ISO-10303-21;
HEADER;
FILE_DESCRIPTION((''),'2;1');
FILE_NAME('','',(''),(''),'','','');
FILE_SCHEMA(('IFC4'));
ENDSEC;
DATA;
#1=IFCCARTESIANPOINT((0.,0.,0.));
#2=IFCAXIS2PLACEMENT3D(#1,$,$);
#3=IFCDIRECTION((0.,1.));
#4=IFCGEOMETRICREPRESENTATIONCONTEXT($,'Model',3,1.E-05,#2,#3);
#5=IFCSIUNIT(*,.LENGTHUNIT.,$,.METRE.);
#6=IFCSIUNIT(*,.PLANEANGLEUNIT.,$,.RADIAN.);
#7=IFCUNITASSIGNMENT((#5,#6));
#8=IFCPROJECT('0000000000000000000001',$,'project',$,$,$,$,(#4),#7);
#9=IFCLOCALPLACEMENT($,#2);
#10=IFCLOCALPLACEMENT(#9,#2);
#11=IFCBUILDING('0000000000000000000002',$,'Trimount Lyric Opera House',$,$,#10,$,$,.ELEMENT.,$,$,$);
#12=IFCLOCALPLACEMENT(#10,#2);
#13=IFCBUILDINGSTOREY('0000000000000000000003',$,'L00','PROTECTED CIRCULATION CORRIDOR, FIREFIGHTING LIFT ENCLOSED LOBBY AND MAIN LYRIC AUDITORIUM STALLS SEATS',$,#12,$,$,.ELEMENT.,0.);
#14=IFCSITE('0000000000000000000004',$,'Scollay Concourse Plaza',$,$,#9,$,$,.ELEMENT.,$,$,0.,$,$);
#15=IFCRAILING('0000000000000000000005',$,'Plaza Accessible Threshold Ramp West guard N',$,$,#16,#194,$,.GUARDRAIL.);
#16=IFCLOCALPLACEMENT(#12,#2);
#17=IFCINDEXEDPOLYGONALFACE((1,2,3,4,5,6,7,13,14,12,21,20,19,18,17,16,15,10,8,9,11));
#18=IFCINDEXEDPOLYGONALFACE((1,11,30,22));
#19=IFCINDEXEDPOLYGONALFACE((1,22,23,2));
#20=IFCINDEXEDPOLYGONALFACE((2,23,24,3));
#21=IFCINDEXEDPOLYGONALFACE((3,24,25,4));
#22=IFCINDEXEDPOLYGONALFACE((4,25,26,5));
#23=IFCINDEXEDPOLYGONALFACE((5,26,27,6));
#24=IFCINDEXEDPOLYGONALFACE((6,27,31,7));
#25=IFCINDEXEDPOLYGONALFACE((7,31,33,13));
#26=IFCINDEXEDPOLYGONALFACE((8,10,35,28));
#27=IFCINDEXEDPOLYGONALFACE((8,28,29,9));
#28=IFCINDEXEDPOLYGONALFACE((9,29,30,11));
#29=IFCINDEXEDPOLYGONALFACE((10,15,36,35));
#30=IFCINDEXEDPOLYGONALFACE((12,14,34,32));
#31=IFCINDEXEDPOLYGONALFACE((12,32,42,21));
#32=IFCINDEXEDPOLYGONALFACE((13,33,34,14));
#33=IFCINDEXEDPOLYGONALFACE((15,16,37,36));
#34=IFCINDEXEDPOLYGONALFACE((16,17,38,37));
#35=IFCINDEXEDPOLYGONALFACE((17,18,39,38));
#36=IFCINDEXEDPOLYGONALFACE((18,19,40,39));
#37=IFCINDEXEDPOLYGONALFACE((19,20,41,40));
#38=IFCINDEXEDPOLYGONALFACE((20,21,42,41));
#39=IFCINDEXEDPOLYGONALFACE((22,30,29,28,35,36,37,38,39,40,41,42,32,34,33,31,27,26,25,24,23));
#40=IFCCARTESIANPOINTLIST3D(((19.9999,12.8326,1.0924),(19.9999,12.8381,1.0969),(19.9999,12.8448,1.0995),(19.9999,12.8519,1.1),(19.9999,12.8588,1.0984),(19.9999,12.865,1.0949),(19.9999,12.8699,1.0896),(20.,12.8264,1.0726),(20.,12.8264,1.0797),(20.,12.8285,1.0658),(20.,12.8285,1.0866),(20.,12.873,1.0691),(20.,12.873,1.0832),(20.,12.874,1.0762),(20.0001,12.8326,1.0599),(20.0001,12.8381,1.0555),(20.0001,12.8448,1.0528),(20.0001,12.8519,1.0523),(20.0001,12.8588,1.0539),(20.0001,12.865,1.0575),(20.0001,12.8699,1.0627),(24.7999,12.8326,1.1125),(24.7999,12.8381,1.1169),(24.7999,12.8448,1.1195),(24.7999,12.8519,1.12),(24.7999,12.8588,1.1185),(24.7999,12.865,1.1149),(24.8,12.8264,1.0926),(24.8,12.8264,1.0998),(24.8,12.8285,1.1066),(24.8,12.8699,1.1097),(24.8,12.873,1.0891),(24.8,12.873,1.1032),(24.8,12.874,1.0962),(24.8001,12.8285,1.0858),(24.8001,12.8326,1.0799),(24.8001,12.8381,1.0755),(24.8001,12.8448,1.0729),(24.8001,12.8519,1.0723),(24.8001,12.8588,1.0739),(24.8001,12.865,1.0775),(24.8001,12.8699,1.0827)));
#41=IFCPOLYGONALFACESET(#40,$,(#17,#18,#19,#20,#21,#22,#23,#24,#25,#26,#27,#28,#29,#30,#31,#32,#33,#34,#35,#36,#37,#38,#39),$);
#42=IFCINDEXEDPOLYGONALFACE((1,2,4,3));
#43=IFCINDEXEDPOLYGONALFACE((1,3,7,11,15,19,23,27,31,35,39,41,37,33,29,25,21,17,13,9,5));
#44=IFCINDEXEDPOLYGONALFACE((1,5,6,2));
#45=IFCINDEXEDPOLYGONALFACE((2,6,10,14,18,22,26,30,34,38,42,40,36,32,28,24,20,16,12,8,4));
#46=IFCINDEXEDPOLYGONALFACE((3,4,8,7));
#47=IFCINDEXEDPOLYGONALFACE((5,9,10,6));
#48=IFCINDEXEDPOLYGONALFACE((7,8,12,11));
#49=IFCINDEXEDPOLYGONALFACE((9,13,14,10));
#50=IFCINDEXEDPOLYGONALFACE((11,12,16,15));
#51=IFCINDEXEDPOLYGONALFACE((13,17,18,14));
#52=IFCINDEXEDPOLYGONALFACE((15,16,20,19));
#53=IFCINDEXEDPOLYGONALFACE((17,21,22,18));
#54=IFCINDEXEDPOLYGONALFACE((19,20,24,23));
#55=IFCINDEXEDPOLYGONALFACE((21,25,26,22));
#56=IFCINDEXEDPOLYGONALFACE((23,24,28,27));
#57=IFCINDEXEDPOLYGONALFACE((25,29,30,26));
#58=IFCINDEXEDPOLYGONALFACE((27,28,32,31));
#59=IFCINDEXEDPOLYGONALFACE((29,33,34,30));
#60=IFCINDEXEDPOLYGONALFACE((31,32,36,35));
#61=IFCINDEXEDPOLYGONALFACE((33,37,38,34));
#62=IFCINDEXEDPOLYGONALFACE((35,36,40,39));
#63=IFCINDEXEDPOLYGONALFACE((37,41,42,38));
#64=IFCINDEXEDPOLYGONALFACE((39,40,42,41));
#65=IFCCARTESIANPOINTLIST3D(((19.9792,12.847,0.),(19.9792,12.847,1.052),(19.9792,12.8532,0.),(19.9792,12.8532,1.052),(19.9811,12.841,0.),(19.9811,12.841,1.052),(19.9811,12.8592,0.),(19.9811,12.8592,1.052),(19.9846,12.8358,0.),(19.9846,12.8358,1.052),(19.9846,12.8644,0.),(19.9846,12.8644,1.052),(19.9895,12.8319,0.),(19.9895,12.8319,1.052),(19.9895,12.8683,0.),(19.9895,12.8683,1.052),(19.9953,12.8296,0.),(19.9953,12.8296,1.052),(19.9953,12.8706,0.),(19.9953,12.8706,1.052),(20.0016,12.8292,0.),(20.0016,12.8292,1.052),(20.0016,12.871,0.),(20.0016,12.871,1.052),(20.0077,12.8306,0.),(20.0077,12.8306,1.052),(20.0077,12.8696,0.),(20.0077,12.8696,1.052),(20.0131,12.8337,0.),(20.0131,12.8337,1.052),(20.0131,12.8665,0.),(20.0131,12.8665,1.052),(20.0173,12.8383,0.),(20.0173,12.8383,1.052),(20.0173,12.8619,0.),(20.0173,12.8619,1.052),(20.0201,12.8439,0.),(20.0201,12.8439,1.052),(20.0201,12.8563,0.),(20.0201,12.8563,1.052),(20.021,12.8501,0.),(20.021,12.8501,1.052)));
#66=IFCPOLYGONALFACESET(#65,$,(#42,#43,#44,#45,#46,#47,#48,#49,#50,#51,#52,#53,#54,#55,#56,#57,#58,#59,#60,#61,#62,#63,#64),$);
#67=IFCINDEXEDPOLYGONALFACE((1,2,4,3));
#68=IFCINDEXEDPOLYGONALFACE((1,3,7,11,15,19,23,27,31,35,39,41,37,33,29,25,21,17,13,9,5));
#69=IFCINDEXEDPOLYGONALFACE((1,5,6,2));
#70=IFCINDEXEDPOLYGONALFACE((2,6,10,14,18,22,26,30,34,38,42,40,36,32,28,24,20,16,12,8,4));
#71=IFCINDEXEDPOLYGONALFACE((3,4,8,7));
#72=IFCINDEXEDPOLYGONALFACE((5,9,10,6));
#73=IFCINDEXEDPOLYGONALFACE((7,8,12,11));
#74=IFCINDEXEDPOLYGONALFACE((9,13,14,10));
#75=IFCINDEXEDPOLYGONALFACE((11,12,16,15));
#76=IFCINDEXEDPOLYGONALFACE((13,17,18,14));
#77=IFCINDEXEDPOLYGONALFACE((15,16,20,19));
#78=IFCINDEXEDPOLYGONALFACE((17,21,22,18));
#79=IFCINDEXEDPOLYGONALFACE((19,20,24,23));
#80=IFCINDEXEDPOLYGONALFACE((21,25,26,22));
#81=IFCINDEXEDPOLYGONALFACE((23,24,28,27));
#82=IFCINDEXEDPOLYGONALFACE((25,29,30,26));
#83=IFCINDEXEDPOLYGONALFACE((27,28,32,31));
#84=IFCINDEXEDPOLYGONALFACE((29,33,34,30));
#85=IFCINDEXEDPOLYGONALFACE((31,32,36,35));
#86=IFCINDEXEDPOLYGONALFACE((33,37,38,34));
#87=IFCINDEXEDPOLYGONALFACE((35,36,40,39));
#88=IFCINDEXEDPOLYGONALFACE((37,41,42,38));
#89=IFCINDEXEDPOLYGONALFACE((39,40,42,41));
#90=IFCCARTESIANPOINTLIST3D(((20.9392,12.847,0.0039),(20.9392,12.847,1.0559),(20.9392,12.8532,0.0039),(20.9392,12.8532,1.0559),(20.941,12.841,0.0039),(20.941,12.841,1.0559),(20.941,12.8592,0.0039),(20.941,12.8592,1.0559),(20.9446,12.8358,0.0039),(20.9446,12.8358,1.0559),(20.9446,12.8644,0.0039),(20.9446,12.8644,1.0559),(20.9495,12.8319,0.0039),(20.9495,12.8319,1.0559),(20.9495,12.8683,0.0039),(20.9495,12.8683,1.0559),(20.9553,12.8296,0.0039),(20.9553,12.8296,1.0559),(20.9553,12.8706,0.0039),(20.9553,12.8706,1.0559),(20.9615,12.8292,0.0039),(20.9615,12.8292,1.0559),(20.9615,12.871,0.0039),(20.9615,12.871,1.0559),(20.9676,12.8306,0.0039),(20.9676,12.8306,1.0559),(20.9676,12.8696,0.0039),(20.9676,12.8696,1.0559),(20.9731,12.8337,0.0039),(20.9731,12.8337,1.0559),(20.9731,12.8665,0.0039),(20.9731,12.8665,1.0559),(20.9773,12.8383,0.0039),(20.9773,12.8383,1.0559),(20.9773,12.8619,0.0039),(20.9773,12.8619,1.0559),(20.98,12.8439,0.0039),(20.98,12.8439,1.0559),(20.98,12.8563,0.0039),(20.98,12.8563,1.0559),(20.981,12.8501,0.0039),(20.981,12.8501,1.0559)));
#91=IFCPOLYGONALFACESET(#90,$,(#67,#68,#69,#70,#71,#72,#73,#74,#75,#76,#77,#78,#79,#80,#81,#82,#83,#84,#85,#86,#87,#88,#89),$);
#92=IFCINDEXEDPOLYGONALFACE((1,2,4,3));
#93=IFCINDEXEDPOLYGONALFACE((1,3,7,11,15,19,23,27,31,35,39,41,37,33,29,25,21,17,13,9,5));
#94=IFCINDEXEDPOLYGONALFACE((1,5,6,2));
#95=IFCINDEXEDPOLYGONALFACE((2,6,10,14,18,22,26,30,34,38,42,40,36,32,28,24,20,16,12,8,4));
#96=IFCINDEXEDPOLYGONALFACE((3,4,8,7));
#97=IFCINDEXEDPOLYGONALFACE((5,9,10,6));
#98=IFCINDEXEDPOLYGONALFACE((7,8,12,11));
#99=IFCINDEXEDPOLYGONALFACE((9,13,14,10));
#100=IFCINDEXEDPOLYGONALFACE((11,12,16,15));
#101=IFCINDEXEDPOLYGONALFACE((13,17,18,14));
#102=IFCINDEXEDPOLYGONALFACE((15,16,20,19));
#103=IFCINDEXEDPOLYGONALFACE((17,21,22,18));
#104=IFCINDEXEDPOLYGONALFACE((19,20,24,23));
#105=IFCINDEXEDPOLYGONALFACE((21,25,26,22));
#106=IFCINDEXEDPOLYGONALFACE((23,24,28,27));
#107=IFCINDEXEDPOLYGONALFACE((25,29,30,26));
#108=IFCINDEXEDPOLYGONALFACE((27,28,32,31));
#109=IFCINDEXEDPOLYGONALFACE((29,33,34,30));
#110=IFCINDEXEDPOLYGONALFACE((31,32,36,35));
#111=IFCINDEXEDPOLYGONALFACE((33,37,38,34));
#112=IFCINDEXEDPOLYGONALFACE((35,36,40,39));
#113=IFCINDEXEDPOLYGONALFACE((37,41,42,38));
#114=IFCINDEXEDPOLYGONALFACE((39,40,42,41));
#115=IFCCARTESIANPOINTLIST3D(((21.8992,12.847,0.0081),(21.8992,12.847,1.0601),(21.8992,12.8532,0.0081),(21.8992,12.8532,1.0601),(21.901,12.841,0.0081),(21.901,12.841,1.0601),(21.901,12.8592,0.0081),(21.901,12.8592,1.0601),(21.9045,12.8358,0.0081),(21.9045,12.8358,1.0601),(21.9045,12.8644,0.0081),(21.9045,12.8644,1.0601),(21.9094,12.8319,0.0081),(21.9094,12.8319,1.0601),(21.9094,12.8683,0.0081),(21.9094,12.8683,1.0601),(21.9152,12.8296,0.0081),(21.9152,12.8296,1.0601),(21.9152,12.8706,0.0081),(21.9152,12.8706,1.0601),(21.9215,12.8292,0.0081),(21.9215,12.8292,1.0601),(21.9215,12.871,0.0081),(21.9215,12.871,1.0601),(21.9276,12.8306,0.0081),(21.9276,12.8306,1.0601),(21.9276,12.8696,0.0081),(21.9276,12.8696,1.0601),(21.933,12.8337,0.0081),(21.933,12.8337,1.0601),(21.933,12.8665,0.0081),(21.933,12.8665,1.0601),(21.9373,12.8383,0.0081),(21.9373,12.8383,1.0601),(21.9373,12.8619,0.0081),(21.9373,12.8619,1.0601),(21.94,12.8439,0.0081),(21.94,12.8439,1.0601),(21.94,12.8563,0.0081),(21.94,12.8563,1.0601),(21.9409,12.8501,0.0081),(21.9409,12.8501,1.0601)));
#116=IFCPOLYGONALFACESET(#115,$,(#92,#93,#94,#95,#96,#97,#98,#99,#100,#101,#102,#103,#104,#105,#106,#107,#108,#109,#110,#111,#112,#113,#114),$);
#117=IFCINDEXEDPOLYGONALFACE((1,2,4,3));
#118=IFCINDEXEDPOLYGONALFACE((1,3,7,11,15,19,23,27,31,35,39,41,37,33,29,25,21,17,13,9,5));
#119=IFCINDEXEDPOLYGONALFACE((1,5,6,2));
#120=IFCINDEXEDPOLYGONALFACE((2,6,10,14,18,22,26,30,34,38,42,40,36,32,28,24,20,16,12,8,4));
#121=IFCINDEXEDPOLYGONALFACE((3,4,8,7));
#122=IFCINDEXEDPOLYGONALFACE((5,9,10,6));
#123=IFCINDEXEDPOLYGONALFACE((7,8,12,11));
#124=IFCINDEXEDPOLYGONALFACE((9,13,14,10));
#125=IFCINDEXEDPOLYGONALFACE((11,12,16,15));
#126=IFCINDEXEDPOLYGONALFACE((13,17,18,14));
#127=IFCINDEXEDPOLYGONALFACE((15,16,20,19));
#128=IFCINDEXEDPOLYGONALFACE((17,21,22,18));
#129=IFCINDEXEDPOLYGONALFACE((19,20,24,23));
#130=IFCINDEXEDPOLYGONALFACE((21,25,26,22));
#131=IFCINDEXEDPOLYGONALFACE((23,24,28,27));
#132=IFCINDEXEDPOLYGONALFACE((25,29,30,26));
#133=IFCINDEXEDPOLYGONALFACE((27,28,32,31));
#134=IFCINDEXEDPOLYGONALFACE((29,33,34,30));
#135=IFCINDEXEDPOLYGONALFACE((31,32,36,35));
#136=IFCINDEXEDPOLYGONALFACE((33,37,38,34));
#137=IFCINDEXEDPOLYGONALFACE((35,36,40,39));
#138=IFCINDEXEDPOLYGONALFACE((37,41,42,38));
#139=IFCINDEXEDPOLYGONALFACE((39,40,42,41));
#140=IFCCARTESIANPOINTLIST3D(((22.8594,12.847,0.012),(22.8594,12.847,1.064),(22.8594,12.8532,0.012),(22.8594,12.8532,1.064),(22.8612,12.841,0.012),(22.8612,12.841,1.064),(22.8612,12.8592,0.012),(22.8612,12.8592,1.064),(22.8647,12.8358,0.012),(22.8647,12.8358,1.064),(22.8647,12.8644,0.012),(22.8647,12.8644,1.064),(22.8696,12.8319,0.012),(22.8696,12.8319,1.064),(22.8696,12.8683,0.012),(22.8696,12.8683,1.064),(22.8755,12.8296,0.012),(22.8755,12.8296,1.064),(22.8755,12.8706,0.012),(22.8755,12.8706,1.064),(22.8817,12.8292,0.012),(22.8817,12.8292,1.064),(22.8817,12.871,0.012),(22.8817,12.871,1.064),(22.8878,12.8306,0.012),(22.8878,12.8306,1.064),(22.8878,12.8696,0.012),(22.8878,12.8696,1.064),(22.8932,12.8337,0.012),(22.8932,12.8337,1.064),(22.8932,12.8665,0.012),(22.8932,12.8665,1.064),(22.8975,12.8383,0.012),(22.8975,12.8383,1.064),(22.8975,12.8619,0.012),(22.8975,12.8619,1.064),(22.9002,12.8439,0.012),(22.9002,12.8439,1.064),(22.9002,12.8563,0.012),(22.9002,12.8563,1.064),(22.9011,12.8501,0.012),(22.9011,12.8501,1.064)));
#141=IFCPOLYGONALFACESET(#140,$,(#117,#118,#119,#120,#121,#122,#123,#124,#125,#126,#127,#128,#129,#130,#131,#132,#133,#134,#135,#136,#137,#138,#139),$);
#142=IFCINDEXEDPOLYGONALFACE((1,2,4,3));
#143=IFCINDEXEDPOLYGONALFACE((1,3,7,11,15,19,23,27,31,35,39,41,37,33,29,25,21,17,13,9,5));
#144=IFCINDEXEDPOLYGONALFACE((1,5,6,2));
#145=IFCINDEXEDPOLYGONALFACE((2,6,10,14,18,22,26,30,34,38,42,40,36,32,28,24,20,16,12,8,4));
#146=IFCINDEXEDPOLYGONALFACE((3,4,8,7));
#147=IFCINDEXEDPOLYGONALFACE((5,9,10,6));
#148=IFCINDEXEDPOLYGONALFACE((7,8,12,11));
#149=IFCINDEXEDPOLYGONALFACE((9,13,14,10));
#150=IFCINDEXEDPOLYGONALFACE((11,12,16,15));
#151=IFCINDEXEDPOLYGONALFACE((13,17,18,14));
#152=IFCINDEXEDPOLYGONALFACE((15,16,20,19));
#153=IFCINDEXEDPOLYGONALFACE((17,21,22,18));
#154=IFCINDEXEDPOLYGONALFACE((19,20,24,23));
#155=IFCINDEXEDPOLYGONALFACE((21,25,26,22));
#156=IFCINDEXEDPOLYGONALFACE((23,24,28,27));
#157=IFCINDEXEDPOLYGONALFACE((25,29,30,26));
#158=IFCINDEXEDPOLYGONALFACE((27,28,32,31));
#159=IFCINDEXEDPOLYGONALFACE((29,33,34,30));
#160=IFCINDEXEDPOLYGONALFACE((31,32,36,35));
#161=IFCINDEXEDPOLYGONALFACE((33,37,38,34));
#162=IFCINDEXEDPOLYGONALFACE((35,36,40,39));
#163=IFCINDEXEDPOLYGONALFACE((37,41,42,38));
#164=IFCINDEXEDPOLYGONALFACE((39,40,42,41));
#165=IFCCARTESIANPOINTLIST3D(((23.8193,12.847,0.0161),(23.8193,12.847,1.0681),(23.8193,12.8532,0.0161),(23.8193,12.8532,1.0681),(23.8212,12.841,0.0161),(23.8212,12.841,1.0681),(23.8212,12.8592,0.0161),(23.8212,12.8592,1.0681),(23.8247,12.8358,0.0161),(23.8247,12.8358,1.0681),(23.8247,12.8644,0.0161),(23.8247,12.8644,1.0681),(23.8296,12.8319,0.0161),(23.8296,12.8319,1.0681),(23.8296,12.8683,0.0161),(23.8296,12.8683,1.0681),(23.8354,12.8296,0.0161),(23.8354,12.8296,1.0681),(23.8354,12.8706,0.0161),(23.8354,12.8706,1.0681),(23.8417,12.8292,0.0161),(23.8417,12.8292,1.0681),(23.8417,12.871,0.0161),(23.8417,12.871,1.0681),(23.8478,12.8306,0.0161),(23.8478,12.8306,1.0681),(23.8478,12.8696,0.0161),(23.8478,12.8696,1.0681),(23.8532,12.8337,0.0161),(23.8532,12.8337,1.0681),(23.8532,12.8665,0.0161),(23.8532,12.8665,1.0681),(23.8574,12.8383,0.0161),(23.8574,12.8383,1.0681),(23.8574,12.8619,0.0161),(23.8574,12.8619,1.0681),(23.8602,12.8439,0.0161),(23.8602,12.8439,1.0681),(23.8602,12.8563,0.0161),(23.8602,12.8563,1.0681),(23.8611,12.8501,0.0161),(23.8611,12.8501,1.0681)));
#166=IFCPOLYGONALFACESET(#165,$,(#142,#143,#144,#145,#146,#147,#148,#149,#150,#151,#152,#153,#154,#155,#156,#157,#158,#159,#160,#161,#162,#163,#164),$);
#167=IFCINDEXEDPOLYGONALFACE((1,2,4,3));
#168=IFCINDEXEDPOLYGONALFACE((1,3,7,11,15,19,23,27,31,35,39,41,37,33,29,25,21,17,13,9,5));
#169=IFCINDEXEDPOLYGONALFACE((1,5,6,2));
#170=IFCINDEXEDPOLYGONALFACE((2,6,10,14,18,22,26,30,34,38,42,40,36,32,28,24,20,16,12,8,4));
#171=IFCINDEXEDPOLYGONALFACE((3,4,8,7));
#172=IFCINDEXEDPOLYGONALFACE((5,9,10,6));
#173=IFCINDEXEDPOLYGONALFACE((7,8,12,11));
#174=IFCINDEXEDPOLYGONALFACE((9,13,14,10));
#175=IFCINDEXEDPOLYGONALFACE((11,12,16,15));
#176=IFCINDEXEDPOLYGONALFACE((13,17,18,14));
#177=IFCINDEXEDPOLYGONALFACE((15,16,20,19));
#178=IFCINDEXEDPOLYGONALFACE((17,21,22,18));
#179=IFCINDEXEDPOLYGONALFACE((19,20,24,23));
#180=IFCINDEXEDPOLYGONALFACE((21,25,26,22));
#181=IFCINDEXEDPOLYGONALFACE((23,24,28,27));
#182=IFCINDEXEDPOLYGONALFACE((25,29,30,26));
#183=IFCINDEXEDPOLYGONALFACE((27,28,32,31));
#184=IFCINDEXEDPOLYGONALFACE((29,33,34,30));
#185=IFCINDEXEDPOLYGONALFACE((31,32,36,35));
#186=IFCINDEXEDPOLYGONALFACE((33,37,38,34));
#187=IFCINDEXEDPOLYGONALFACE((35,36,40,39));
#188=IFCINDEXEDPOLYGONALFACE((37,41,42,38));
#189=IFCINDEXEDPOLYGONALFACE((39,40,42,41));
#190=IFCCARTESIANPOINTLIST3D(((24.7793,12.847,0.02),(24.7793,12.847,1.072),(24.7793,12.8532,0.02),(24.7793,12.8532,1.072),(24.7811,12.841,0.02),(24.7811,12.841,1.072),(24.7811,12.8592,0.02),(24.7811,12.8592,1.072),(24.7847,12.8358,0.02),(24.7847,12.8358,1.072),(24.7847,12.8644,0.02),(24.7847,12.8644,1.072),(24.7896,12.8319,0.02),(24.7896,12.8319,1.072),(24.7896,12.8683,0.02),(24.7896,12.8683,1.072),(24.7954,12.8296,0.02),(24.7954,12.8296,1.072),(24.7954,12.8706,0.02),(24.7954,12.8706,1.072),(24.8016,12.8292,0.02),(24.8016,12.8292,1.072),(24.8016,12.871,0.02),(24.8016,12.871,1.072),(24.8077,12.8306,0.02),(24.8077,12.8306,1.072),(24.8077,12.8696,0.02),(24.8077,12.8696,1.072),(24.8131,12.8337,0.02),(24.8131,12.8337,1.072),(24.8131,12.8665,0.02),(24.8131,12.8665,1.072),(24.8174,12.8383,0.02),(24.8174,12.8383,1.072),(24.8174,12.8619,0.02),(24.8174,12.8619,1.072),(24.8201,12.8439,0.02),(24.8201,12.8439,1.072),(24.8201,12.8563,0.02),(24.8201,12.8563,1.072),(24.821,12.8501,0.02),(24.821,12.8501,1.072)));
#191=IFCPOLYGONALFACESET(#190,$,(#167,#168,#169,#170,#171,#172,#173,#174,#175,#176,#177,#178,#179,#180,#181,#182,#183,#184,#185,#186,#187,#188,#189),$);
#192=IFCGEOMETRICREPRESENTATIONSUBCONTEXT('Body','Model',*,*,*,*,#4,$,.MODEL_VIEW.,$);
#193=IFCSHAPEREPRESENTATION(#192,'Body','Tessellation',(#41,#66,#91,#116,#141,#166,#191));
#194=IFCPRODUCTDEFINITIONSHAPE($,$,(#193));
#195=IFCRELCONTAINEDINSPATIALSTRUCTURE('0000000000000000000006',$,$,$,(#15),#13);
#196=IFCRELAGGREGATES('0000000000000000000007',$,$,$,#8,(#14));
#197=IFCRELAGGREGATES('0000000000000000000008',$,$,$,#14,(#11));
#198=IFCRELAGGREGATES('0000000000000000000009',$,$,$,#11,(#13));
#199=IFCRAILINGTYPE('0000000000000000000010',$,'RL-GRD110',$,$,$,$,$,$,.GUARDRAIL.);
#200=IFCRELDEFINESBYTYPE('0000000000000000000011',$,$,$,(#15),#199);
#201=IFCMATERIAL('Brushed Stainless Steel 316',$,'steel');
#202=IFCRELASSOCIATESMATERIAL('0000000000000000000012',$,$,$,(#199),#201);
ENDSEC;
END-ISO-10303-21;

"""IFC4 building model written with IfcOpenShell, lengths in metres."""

from ifc_helpers import new_model, si_unit, direction, frame, origin, origin_2d, place, context, subcontext, project, spatial, circle, extrude, material, type_object, element, save


model = new_model("IFC4")

# Units and contexts
model_context = context("Model", 3, precision=1e-05, world=origin(), true_north=direction((0.0, 1.0)))
body_context = subcontext(model_context, "Body", "Model", "MODEL_VIEW")
ifc_project = project(units=[si_unit("LENGTHUNIT", "METRE"), si_unit("PLANEANGLEUNIT", "RADIAN")], contexts=[model_context])

# Site, building, storey
site_placement = place(None, origin())
site = spatial("IfcSite", under=ifc_project, at=site_placement, Name="Scollay Concourse Plaza", CompositionType="ELEMENT", RefElevation=0.0)
building_placement = place(site_placement, origin())
building = spatial("IfcBuilding", under=site, at=building_placement, Name="Trimount Lyric Opera House", CompositionType="ELEMENT")
storey_placement = place(building_placement, origin())
storey = spatial("IfcBuildingStorey", under=building, at=storey_placement, Name="L00", Description="PROTECTED CIRCULATION CORRIDOR, FIREFIGHTING LIFT ENCLOSED LOBBY AND MAIN LYRIC AUDITORIUM STALLS SEATS", CompositionType="ELEMENT", Elevation=0.0)

# Railing
ifc_material_1 = material(Name="Brushed Stainless Steel 316", Category="steel")
railing_type_1 = type_object("IfcRailingType", Name="RL-GRD110", PredefinedType="GUARDRAIL", material=ifc_material_1)
for number, where, name in (
    (1, (20.0, 12.8501, 0.0), "Plaza Accessible Threshold Ramp West guard N"),
):
    element("IfcRailing", number, at=place(storey_placement, frame(where)), inside=storey, type_object=railing_type_1, Name=name, PredefinedType="GUARDRAIL", context=body_context, shape_type="SweptSolid", body=[
        extrude(circle(Radius=0.0239, at=origin_2d()), frame((0.0, 0.0, 1.0762), z_axis=(0.999991, 0.0, 0.004171), x_axis=(0.0, 1.0, 0.0)), (0.0, 0.0, 1.0), 4.8),
        extrude(circle(Radius=0.021, at=origin_2d()), origin(), (0.0, 0.0, 1.0), 1.052),
        extrude(circle(Radius=0.021, at=origin_2d()), frame((0.96, 0.0, 0.0039)), (0.0, 0.0, 1.0), 1.052),
        extrude(circle(Radius=0.021, at=origin_2d()), frame((1.9199, 0.0, 0.0081)), (0.0, 0.0, 1.0), 1.052),
        extrude(circle(Radius=0.021, at=origin_2d()), frame((2.8801, 0.0, 0.012)), (0.0, 0.0, 1.0), 1.052),
        extrude(circle(Radius=0.021, at=origin_2d()), frame((3.8401, 0.0, 0.0161)), (0.0, 0.0, 1.0), 1.052),
        extrude(circle(Radius=0.021, at=origin_2d()), frame((4.8, 0.0, 0.02)), (0.0, 0.0, 1.0), 1.052),
    ])

save(model, "model.ifc")
